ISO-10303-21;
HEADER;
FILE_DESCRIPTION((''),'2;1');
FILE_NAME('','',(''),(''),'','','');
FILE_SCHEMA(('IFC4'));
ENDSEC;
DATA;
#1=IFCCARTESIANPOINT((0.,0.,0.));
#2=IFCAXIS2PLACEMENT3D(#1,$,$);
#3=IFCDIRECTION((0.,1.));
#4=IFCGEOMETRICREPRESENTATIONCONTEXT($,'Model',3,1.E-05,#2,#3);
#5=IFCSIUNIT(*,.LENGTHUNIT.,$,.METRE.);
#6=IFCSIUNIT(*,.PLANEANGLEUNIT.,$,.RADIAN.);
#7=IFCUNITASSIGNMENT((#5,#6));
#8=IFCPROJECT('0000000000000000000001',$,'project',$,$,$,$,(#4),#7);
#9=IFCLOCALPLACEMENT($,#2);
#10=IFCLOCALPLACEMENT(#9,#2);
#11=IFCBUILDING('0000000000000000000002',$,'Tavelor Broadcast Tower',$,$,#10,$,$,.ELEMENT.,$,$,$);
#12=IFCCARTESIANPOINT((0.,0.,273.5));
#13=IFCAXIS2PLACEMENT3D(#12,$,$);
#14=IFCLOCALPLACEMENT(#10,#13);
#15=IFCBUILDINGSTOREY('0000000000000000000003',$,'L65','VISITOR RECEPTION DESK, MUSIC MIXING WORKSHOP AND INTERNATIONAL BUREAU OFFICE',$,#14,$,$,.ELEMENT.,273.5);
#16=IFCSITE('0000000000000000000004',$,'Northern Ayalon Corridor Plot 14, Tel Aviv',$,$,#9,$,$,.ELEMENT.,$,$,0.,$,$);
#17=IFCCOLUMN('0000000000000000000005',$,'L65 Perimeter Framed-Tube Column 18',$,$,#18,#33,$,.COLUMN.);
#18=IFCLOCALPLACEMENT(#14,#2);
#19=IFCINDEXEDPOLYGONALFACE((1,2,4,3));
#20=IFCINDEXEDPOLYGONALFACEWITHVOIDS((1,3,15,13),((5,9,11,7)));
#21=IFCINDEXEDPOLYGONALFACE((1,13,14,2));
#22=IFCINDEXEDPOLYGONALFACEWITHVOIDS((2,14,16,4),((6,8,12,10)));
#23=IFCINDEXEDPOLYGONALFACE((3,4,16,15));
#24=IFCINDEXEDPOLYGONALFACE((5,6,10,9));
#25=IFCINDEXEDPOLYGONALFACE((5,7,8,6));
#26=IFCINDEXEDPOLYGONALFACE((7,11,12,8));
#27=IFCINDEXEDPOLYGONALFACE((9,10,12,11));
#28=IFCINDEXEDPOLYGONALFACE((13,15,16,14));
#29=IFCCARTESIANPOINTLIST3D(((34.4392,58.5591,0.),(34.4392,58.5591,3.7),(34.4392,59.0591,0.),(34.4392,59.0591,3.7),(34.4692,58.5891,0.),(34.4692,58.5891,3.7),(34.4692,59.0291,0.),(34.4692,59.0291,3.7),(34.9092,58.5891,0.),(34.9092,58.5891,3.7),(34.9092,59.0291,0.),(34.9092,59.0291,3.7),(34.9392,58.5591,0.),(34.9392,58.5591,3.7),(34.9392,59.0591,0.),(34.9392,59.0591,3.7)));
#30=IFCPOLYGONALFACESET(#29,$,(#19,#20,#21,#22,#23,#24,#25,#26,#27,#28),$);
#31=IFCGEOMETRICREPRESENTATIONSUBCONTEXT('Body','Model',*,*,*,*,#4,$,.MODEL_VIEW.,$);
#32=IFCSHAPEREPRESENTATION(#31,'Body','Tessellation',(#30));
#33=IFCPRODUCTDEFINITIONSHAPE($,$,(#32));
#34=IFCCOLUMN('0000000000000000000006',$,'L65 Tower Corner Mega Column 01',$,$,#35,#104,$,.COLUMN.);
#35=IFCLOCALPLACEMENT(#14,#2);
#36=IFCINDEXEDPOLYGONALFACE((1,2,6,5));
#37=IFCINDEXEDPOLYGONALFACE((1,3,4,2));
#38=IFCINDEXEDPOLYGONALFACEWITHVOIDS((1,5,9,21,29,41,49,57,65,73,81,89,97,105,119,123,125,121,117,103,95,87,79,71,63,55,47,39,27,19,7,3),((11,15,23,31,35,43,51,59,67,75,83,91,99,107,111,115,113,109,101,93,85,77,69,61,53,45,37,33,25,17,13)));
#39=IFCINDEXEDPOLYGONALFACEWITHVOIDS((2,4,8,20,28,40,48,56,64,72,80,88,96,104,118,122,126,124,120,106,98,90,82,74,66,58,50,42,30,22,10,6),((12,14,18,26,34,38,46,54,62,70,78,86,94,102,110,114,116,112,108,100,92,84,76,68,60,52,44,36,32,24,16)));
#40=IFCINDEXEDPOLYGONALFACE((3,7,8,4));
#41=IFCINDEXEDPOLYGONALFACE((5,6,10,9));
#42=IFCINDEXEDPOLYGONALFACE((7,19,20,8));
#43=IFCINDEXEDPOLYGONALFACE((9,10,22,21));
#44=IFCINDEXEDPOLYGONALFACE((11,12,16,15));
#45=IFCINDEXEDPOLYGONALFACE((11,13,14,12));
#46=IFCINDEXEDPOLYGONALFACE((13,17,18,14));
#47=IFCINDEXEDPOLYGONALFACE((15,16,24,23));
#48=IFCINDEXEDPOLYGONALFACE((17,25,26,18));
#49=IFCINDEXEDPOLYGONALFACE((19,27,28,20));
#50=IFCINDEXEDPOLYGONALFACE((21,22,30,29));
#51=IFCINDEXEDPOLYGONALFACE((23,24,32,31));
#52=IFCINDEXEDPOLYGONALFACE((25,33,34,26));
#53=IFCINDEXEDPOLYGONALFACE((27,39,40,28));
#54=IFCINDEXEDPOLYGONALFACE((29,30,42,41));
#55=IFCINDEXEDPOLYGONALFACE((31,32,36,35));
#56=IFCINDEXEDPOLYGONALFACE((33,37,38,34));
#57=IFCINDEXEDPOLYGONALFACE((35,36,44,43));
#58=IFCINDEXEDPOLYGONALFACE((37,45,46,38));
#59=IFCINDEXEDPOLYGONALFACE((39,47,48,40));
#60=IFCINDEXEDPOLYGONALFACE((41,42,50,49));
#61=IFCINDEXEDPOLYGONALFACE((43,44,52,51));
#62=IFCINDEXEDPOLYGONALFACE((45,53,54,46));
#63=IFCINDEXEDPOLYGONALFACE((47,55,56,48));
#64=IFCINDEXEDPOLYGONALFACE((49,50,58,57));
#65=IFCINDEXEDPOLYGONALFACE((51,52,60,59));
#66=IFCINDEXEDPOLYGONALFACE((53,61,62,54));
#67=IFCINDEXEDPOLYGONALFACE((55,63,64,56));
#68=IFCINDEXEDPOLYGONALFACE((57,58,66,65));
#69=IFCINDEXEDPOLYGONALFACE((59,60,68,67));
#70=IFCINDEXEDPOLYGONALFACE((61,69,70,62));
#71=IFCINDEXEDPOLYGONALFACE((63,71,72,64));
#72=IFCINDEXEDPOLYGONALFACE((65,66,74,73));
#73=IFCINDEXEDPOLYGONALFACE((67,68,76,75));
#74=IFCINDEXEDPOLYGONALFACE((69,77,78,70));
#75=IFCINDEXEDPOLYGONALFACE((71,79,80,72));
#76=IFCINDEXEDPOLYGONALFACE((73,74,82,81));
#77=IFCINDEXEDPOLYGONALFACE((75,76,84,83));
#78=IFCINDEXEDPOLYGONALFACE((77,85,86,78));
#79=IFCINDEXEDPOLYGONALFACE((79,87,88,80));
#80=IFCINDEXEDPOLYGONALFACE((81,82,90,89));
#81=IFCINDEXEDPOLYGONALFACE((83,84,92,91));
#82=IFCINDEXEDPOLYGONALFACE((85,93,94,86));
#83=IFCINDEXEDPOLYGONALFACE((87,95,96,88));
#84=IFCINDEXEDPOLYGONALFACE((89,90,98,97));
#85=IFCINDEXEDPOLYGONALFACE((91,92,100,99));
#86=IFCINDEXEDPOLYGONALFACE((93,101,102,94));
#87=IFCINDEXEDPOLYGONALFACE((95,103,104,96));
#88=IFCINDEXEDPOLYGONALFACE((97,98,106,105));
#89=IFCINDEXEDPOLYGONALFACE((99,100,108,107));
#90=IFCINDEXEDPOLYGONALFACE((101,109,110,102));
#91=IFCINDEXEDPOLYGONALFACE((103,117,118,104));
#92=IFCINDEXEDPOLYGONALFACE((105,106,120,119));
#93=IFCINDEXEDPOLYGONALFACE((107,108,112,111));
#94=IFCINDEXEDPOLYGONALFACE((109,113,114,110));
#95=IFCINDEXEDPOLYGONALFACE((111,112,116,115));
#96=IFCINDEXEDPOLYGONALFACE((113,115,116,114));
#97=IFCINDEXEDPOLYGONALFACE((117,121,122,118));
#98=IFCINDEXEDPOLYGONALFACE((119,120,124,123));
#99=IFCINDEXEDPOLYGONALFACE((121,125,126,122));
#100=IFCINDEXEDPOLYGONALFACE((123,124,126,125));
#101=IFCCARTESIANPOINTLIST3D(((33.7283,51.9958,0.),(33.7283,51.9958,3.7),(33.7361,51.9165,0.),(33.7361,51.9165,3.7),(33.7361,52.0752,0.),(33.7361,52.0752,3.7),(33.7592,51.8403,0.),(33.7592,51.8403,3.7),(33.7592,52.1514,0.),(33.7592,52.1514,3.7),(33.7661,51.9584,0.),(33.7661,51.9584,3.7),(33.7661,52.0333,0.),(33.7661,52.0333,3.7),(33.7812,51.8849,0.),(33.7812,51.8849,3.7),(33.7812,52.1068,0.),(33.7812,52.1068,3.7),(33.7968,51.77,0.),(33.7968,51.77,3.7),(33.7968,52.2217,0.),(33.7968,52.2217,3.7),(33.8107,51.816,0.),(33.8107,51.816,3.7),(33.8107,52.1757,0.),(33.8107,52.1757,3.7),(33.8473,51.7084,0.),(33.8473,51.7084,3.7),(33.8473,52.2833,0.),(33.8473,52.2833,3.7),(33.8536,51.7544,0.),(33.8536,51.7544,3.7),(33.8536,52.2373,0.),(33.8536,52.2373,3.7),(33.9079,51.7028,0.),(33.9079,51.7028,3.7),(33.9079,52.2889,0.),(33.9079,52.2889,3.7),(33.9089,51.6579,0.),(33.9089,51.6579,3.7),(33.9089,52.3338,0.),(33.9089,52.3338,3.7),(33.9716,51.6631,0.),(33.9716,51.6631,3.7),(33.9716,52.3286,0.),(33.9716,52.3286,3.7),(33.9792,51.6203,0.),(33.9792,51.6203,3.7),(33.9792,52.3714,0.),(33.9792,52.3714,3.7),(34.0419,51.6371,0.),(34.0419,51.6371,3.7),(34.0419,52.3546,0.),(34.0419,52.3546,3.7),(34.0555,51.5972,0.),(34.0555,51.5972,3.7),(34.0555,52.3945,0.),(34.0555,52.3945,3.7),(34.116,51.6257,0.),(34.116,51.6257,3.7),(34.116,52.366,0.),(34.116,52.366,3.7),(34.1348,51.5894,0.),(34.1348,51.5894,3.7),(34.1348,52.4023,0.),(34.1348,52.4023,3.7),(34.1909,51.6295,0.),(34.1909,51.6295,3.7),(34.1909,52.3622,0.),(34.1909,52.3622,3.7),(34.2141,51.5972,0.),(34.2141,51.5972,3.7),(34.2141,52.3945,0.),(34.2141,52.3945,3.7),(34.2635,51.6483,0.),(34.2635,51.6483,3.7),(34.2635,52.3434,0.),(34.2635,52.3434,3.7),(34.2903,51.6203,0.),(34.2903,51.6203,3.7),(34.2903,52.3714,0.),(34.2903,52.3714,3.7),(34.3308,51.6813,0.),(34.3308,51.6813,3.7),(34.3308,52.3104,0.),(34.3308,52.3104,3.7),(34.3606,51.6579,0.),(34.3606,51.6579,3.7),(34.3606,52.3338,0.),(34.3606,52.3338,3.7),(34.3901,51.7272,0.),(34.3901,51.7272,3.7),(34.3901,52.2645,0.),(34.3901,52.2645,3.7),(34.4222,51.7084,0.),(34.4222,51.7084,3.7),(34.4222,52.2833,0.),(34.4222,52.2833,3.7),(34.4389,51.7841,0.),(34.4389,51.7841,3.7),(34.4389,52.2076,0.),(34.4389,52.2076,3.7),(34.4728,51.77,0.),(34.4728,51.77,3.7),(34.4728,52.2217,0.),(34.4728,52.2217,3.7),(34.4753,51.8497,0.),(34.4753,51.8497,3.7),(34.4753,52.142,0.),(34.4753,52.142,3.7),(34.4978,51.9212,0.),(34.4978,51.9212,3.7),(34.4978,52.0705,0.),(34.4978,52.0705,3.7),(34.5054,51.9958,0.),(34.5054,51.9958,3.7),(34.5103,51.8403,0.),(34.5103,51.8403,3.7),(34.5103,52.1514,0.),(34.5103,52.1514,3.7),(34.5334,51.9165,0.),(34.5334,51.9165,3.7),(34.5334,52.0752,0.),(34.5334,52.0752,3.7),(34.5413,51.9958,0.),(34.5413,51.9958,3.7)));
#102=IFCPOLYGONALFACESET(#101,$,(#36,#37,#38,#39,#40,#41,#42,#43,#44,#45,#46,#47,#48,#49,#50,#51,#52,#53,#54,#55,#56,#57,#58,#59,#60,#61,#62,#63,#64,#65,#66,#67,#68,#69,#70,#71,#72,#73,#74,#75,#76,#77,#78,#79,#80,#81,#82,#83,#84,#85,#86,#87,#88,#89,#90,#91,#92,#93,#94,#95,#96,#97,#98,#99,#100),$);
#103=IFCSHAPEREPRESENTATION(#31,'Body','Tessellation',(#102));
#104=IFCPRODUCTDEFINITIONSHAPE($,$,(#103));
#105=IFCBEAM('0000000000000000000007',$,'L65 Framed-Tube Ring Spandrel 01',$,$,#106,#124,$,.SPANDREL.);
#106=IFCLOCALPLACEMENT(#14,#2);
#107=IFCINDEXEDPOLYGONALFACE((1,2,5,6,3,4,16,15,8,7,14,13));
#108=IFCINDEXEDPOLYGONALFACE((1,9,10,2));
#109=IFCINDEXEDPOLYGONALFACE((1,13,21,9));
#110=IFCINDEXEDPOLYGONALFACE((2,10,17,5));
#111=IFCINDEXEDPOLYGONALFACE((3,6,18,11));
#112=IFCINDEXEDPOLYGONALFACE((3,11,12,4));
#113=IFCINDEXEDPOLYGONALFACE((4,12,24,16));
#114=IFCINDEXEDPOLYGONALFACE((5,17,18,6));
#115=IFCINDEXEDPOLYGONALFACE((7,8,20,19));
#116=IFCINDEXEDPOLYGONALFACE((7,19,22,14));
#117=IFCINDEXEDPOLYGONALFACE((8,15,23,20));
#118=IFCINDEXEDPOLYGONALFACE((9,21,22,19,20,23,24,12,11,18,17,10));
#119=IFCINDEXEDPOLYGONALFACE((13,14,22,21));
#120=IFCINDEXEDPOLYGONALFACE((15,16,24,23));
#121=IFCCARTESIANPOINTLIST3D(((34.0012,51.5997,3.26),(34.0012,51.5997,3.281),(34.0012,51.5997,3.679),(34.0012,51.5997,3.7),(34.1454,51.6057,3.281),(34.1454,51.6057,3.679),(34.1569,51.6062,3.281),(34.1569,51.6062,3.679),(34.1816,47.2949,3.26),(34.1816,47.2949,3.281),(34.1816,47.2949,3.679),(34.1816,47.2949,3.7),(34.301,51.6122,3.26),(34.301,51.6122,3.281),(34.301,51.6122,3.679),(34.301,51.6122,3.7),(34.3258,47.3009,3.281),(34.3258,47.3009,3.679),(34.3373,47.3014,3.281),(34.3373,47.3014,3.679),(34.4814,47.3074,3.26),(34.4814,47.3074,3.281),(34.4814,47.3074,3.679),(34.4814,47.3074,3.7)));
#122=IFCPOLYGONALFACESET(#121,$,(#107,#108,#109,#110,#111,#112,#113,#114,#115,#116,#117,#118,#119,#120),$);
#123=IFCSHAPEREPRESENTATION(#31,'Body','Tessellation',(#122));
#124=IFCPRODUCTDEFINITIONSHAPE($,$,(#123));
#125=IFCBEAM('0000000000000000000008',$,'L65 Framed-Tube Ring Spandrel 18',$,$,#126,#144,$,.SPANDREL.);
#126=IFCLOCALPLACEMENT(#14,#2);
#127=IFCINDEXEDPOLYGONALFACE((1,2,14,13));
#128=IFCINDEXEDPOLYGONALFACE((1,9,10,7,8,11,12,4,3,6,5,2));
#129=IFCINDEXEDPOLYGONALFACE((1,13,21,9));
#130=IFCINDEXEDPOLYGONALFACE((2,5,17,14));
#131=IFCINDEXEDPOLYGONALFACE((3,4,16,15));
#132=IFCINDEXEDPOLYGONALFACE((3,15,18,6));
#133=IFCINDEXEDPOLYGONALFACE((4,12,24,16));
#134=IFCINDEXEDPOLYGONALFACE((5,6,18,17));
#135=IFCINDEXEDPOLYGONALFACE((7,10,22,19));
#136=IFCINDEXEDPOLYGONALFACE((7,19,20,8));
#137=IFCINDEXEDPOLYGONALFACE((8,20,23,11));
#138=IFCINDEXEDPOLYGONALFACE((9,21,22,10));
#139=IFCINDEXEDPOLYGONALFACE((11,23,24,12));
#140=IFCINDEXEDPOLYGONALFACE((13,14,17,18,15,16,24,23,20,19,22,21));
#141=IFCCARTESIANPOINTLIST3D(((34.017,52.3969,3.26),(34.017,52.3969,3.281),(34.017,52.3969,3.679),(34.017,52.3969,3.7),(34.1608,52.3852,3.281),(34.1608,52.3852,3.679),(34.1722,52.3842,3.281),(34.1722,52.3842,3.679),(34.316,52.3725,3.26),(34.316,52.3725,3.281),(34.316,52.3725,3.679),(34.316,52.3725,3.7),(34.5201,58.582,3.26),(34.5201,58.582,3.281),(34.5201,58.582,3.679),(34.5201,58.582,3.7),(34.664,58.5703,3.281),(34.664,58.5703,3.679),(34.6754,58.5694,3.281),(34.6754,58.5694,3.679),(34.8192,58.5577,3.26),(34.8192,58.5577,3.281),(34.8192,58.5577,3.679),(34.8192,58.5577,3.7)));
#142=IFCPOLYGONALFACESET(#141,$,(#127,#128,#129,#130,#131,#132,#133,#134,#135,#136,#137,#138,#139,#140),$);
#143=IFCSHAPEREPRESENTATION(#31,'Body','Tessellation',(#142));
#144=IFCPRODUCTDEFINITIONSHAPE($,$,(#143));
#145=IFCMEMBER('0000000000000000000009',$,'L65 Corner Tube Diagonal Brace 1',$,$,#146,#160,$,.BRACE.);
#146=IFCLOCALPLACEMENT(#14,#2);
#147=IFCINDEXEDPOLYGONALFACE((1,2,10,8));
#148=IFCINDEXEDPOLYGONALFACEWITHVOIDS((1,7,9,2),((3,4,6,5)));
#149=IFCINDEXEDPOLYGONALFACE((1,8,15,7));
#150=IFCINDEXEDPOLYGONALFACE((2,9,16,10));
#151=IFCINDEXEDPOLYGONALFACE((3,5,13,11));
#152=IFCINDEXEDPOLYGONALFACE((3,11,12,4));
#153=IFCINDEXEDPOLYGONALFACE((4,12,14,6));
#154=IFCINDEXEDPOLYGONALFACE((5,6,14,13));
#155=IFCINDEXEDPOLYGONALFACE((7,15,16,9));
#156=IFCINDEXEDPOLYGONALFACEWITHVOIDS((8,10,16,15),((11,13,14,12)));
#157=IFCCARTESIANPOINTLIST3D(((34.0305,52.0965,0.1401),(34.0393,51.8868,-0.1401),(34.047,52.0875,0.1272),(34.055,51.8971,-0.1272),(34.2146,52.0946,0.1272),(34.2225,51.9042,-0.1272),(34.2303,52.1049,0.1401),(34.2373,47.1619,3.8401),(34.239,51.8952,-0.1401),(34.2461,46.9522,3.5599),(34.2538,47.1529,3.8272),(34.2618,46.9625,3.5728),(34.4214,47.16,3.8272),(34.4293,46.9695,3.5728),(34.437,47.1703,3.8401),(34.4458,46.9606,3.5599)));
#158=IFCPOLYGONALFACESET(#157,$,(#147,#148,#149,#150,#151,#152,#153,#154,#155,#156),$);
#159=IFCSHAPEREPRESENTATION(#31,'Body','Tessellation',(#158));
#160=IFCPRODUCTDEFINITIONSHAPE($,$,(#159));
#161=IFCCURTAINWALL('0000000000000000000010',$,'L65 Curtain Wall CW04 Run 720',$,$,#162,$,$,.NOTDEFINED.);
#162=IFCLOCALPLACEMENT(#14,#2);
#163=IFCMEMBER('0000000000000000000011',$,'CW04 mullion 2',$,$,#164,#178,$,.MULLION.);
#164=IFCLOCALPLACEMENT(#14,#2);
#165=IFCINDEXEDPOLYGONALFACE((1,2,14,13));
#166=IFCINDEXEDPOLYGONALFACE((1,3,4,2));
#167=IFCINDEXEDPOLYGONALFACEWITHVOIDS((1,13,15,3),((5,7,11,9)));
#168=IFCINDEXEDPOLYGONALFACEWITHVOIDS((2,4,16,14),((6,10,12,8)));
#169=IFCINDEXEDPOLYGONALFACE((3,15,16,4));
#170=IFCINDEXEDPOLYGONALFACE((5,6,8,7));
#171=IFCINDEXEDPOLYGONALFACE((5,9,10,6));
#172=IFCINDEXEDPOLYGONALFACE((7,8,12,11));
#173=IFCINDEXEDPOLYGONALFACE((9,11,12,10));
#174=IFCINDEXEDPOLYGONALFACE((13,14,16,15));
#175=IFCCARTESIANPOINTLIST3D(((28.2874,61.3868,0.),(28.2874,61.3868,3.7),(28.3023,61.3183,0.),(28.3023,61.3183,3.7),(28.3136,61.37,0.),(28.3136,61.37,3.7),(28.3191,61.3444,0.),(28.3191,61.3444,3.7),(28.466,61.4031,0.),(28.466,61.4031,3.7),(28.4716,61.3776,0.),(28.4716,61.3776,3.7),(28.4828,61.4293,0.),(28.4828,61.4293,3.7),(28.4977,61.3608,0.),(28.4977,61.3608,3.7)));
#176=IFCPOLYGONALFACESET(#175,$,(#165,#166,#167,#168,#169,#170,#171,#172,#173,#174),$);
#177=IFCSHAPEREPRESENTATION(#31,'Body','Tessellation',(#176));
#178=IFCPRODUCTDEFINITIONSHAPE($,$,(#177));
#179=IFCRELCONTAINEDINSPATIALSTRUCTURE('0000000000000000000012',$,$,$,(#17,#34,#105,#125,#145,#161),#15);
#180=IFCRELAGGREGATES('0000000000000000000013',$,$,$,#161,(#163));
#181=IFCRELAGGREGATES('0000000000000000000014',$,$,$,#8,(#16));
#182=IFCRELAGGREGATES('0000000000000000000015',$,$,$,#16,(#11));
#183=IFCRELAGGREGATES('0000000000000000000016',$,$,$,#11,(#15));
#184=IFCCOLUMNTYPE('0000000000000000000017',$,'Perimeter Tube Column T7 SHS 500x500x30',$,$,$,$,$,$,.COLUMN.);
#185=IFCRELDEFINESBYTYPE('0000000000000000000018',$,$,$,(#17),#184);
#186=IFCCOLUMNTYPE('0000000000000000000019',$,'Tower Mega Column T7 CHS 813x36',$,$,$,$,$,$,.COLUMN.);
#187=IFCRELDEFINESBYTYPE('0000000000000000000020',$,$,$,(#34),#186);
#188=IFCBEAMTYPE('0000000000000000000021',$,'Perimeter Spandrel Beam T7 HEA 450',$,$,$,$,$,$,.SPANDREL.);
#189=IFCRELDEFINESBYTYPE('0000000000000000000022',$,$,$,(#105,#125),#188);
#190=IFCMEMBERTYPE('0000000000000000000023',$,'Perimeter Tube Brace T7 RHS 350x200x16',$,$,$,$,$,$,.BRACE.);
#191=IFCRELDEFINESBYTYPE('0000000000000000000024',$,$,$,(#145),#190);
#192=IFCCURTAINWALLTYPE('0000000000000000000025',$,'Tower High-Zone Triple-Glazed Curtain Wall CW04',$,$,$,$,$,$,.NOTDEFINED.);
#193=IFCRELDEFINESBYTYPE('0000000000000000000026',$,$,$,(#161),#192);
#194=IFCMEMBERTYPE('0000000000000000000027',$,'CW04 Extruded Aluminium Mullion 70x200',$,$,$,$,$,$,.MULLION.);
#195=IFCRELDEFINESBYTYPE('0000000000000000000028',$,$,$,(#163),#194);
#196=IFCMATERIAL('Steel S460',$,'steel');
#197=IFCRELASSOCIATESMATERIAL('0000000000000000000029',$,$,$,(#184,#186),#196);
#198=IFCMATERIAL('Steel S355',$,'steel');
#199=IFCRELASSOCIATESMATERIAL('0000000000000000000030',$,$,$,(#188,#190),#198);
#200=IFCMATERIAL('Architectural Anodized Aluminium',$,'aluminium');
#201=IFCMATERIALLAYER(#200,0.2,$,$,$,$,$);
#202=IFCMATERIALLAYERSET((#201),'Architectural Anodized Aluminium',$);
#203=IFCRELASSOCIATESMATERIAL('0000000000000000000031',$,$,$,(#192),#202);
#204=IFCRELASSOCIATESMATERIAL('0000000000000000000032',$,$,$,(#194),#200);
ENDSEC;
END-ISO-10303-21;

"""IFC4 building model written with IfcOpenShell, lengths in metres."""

from ifc_helpers import new_model, si_unit, direction, frame, origin, origin_2d, place, context, subcontext, project, spatial, hollow_rectangle, hollow_circle, i_section, extrude, source, transform, mapped, material, layer, layer_set, material_profile, profile_set, type_object, type_shapes, element, aggregate, save


model = new_model("IFC4")

# Units and contexts
model_context = context("Model", 3, precision=1e-05, world=origin(), true_north=direction((0.0, 1.0)))
body_context = subcontext(model_context, "Body", "Model", "MODEL_VIEW")
ifc_project = project(units=[si_unit("LENGTHUNIT", "METRE"), si_unit("PLANEANGLEUNIT", "RADIAN")], contexts=[model_context])

# Site, building, storey
site_placement = place(None, origin())
site = spatial("IfcSite", under=ifc_project, at=site_placement, Name="Northern Ayalon Corridor Plot 14, Tel Aviv", CompositionType="ELEMENT", RefElevation=0.0)
building_placement = place(site_placement, origin())
building = spatial("IfcBuilding", under=site, at=building_placement, Name="Tavelor Broadcast Tower", CompositionType="ELEMENT")
storey_placement = place(building_placement, frame((0.0, 0.0, 273.5)))
storey = spatial("IfcBuildingStorey", under=building, at=storey_placement, Name="L65", Description="VISITOR RECEPTION DESK, MUSIC MIXING WORKSHOP AND INTERNATIONAL BUREAU OFFICE", CompositionType="ELEMENT", Elevation=273.5)

# Columns
ifc_material_1 = material(Name="Steel S460", Category="steel")
ifc_material_profile_1 = material_profile(ifc_material_1, hollow_rectangle(XDim=0.5, YDim=0.5, WallThickness=0.03, at=origin_2d()), Name="SHS 500x500x30")
ifc_profile_set_1 = profile_set([ifc_material_profile_1], Name="Steel S460")
column_type_1 = type_object("IfcColumnType", Name="Perimeter Tube Column T7 SHS 500x500x30", PredefinedType="COLUMN", material=ifc_profile_set_1)
column_1_placement = place(storey_placement, frame((34.6892, 58.8091, 0.0), z_axis=(0.0, 0.0, 1.0), x_axis=(1.0, 0.0, 0.0)))
element("IfcColumn", 1, at=column_1_placement, inside=storey, type_object=column_type_1, Name="L65 Perimeter Framed-Tube Column 18", PredefinedType="COLUMN", context=body_context, shape_type="SweptSolid", body=[
    extrude(hollow_rectangle(XDim=0.5, YDim=0.5, WallThickness=0.03, at=origin_2d()), origin(), (0.0, 0.0, 1.0), 3.7),
])
ifc_material_profile_2 = material_profile(ifc_material_1, hollow_circle(Radius=0.4065, WallThickness=0.0359, at=origin_2d()), Name="CHS 813x36")
ifc_profile_set_2 = profile_set([ifc_material_profile_2], Name="Steel S460")
column_type_2 = type_object("IfcColumnType", Name="Tower Mega Column T7 CHS 813x36", PredefinedType="COLUMN", material=ifc_profile_set_2)
column_2_placement = place(storey_placement, frame((34.1348, 51.9958, 0.0), z_axis=(0.0, 0.0, 1.0), x_axis=(1.0, 0.0, 0.0)))
element("IfcColumn", 2, at=column_2_placement, inside=storey, type_object=column_type_2, Name="L65 Tower Corner Mega Column 01", PredefinedType="COLUMN", context=body_context, shape_type="SweptSolid", body=[
    extrude(hollow_circle(Radius=0.4065, WallThickness=0.0359, at=origin_2d()), origin(), (0.0, 0.0, 1.0), 3.7),
])

# Beams
ifc_material_2 = material(Name="Steel S355", Category="steel")
ifc_material_profile_3 = material_profile(ifc_material_2, i_section(OverallWidth=0.3, OverallDepth=0.4399, WebThickness=0.0115, FlangeThickness=0.021, at=origin_2d()), Name="HEA 450")
ifc_profile_set_3 = profile_set([ifc_material_profile_3], Name="Steel S355")
beam_type = type_object("IfcBeamType", Name="Perimeter Spandrel Beam T7 HEA 450", PredefinedType="SPANDREL", material=ifc_profile_set_3)
beam_1_placement = place(storey_placement, frame((34.1511, 51.606, 3.48), z_axis=(0.041873, -0.999123, 0.0), x_axis=(0.999123, 0.041873, 0.0)))
element("IfcBeam", 3, at=beam_1_placement, inside=storey, type_object=beam_type, Name="L65 Framed-Tube Ring Spandrel 01", PredefinedType="SPANDREL", context=body_context, shape_type="SweptSolid", body=[
    extrude(i_section(OverallWidth=0.3, OverallDepth=0.4399, WebThickness=0.0115, FlangeThickness=0.021, at=origin_2d()), origin(), (0.0, 0.0, 1.0), 4.3086),
])
beam_2_placement = place(storey_placement, frame((34.6697, 58.5698, 3.48), z_axis=(-0.081085, -0.996707, 0.0), x_axis=(0.996707, -0.081085, 0.0)))
element("IfcBeam", 4, at=beam_2_placement, inside=storey, type_object=beam_type, Name="L65 Framed-Tube Ring Spandrel 18", PredefinedType="SPANDREL", context=body_context, shape_type="SweptSolid", body=[
    extrude(i_section(OverallWidth=0.3, OverallDepth=0.4399, WebThickness=0.0115, FlangeThickness=0.021, at=origin_2d()), origin(), (0.0, 0.0, 1.0), 6.2056),
])

# Member
ifc_material_profile_4 = material_profile(ifc_material_2, hollow_rectangle(XDim=0.2, YDim=0.3501, WallThickness=0.0161, at=origin_2d()), Name="RHS 350x200x16")
ifc_profile_set_4 = profile_set([ifc_material_profile_4], Name="Steel S355")
member_type_1 = type_object("IfcMemberType", Name="Perimeter Tube Brace T7 RHS 350x200x16", PredefinedType="BRACE", material=ifc_profile_set_4)
member_1_placement = place(storey_placement, frame((34.1348, 51.9958, 0.0), z_axis=(0.033509, -0.799627, 0.599562), x_axis=(0.999123, 0.041869, 0.0)))
element("IfcMember", 5, at=member_1_placement, inside=storey, type_object=member_type_1, Name="L65 Corner Tube Diagonal Brace 1", PredefinedType="BRACE", context=body_context, shape_type="SweptSolid", body=[
    extrude(hollow_rectangle(XDim=0.2, YDim=0.3501, WallThickness=0.0161, at=origin_2d()), origin(), (0.0, 0.0, 1.0), 6.1711),
])

# Curtain wall, member
ifc_material_3 = material(Name="Architectural Anodized Aluminium", Category="aluminium")
ifc_layer_1 = layer(ifc_material_3, 0.2)
ifc_layer_set_1 = layer_set([ifc_layer_1], Name="Architectural Anodized Aluminium")
curtain_wall_type = type_object("IfcCurtainWallType", Name="Tower High-Zone Triple-Glazed Curtain Wall CW04", PredefinedType="NOTDEFINED", material=ifc_layer_set_1)
curtain_wall_placement = place(storey_placement, origin())
curtain_wall = element("IfcCurtainWall", 6, at=curtain_wall_placement, inside=storey, type_object=curtain_wall_type, Name="L65 Curtain Wall CW04 Run 720", PredefinedType="NOTDEFINED")
ifc_material_profile_5 = material_profile(ifc_material_3, hollow_rectangle(XDim=0.0701, YDim=0.2, WallThickness=0.022, at=origin_2d()), Name="RHS 70x200x22")
ifc_profile_set_5 = profile_set([ifc_material_profile_5], Name="Architectural Anodized Aluminium")
member_type_2 = type_object("IfcMemberType", Name="CW04 Extruded Aluminium Mullion 70x200", PredefinedType="MULLION", material=ifc_profile_set_5)
shared_shape_1 = source(origin(), body_context, "Body", "SweptSolid", [
    extrude(hollow_rectangle(XDim=0.0701, YDim=0.2, WallThickness=0.022, at=origin_2d()), origin(), (0.0, 0.0, 1.0), 3.7),
])
type_shapes(member_type_2, [shared_shape_1])
member_2_placement = place(storey_placement, frame((28.3926, 61.3738, 0.0), z_axis=(0.0, 0.0, 1.0), x_axis=(0.212625, -0.977134, 0.0)))
member_2 = element("IfcMember", 7, at=member_2_placement, type_object=member_type_2, Name="CW04 mullion 2", PredefinedType="MULLION", context=body_context, shape_type="MappedRepresentation", body=[
    mapped(shared_shape_1, transform((0.0, 0.0, 0.0), scale=1.0)),
])

aggregate(curtain_wall, [member_2])

save(model, "model.ifc")
